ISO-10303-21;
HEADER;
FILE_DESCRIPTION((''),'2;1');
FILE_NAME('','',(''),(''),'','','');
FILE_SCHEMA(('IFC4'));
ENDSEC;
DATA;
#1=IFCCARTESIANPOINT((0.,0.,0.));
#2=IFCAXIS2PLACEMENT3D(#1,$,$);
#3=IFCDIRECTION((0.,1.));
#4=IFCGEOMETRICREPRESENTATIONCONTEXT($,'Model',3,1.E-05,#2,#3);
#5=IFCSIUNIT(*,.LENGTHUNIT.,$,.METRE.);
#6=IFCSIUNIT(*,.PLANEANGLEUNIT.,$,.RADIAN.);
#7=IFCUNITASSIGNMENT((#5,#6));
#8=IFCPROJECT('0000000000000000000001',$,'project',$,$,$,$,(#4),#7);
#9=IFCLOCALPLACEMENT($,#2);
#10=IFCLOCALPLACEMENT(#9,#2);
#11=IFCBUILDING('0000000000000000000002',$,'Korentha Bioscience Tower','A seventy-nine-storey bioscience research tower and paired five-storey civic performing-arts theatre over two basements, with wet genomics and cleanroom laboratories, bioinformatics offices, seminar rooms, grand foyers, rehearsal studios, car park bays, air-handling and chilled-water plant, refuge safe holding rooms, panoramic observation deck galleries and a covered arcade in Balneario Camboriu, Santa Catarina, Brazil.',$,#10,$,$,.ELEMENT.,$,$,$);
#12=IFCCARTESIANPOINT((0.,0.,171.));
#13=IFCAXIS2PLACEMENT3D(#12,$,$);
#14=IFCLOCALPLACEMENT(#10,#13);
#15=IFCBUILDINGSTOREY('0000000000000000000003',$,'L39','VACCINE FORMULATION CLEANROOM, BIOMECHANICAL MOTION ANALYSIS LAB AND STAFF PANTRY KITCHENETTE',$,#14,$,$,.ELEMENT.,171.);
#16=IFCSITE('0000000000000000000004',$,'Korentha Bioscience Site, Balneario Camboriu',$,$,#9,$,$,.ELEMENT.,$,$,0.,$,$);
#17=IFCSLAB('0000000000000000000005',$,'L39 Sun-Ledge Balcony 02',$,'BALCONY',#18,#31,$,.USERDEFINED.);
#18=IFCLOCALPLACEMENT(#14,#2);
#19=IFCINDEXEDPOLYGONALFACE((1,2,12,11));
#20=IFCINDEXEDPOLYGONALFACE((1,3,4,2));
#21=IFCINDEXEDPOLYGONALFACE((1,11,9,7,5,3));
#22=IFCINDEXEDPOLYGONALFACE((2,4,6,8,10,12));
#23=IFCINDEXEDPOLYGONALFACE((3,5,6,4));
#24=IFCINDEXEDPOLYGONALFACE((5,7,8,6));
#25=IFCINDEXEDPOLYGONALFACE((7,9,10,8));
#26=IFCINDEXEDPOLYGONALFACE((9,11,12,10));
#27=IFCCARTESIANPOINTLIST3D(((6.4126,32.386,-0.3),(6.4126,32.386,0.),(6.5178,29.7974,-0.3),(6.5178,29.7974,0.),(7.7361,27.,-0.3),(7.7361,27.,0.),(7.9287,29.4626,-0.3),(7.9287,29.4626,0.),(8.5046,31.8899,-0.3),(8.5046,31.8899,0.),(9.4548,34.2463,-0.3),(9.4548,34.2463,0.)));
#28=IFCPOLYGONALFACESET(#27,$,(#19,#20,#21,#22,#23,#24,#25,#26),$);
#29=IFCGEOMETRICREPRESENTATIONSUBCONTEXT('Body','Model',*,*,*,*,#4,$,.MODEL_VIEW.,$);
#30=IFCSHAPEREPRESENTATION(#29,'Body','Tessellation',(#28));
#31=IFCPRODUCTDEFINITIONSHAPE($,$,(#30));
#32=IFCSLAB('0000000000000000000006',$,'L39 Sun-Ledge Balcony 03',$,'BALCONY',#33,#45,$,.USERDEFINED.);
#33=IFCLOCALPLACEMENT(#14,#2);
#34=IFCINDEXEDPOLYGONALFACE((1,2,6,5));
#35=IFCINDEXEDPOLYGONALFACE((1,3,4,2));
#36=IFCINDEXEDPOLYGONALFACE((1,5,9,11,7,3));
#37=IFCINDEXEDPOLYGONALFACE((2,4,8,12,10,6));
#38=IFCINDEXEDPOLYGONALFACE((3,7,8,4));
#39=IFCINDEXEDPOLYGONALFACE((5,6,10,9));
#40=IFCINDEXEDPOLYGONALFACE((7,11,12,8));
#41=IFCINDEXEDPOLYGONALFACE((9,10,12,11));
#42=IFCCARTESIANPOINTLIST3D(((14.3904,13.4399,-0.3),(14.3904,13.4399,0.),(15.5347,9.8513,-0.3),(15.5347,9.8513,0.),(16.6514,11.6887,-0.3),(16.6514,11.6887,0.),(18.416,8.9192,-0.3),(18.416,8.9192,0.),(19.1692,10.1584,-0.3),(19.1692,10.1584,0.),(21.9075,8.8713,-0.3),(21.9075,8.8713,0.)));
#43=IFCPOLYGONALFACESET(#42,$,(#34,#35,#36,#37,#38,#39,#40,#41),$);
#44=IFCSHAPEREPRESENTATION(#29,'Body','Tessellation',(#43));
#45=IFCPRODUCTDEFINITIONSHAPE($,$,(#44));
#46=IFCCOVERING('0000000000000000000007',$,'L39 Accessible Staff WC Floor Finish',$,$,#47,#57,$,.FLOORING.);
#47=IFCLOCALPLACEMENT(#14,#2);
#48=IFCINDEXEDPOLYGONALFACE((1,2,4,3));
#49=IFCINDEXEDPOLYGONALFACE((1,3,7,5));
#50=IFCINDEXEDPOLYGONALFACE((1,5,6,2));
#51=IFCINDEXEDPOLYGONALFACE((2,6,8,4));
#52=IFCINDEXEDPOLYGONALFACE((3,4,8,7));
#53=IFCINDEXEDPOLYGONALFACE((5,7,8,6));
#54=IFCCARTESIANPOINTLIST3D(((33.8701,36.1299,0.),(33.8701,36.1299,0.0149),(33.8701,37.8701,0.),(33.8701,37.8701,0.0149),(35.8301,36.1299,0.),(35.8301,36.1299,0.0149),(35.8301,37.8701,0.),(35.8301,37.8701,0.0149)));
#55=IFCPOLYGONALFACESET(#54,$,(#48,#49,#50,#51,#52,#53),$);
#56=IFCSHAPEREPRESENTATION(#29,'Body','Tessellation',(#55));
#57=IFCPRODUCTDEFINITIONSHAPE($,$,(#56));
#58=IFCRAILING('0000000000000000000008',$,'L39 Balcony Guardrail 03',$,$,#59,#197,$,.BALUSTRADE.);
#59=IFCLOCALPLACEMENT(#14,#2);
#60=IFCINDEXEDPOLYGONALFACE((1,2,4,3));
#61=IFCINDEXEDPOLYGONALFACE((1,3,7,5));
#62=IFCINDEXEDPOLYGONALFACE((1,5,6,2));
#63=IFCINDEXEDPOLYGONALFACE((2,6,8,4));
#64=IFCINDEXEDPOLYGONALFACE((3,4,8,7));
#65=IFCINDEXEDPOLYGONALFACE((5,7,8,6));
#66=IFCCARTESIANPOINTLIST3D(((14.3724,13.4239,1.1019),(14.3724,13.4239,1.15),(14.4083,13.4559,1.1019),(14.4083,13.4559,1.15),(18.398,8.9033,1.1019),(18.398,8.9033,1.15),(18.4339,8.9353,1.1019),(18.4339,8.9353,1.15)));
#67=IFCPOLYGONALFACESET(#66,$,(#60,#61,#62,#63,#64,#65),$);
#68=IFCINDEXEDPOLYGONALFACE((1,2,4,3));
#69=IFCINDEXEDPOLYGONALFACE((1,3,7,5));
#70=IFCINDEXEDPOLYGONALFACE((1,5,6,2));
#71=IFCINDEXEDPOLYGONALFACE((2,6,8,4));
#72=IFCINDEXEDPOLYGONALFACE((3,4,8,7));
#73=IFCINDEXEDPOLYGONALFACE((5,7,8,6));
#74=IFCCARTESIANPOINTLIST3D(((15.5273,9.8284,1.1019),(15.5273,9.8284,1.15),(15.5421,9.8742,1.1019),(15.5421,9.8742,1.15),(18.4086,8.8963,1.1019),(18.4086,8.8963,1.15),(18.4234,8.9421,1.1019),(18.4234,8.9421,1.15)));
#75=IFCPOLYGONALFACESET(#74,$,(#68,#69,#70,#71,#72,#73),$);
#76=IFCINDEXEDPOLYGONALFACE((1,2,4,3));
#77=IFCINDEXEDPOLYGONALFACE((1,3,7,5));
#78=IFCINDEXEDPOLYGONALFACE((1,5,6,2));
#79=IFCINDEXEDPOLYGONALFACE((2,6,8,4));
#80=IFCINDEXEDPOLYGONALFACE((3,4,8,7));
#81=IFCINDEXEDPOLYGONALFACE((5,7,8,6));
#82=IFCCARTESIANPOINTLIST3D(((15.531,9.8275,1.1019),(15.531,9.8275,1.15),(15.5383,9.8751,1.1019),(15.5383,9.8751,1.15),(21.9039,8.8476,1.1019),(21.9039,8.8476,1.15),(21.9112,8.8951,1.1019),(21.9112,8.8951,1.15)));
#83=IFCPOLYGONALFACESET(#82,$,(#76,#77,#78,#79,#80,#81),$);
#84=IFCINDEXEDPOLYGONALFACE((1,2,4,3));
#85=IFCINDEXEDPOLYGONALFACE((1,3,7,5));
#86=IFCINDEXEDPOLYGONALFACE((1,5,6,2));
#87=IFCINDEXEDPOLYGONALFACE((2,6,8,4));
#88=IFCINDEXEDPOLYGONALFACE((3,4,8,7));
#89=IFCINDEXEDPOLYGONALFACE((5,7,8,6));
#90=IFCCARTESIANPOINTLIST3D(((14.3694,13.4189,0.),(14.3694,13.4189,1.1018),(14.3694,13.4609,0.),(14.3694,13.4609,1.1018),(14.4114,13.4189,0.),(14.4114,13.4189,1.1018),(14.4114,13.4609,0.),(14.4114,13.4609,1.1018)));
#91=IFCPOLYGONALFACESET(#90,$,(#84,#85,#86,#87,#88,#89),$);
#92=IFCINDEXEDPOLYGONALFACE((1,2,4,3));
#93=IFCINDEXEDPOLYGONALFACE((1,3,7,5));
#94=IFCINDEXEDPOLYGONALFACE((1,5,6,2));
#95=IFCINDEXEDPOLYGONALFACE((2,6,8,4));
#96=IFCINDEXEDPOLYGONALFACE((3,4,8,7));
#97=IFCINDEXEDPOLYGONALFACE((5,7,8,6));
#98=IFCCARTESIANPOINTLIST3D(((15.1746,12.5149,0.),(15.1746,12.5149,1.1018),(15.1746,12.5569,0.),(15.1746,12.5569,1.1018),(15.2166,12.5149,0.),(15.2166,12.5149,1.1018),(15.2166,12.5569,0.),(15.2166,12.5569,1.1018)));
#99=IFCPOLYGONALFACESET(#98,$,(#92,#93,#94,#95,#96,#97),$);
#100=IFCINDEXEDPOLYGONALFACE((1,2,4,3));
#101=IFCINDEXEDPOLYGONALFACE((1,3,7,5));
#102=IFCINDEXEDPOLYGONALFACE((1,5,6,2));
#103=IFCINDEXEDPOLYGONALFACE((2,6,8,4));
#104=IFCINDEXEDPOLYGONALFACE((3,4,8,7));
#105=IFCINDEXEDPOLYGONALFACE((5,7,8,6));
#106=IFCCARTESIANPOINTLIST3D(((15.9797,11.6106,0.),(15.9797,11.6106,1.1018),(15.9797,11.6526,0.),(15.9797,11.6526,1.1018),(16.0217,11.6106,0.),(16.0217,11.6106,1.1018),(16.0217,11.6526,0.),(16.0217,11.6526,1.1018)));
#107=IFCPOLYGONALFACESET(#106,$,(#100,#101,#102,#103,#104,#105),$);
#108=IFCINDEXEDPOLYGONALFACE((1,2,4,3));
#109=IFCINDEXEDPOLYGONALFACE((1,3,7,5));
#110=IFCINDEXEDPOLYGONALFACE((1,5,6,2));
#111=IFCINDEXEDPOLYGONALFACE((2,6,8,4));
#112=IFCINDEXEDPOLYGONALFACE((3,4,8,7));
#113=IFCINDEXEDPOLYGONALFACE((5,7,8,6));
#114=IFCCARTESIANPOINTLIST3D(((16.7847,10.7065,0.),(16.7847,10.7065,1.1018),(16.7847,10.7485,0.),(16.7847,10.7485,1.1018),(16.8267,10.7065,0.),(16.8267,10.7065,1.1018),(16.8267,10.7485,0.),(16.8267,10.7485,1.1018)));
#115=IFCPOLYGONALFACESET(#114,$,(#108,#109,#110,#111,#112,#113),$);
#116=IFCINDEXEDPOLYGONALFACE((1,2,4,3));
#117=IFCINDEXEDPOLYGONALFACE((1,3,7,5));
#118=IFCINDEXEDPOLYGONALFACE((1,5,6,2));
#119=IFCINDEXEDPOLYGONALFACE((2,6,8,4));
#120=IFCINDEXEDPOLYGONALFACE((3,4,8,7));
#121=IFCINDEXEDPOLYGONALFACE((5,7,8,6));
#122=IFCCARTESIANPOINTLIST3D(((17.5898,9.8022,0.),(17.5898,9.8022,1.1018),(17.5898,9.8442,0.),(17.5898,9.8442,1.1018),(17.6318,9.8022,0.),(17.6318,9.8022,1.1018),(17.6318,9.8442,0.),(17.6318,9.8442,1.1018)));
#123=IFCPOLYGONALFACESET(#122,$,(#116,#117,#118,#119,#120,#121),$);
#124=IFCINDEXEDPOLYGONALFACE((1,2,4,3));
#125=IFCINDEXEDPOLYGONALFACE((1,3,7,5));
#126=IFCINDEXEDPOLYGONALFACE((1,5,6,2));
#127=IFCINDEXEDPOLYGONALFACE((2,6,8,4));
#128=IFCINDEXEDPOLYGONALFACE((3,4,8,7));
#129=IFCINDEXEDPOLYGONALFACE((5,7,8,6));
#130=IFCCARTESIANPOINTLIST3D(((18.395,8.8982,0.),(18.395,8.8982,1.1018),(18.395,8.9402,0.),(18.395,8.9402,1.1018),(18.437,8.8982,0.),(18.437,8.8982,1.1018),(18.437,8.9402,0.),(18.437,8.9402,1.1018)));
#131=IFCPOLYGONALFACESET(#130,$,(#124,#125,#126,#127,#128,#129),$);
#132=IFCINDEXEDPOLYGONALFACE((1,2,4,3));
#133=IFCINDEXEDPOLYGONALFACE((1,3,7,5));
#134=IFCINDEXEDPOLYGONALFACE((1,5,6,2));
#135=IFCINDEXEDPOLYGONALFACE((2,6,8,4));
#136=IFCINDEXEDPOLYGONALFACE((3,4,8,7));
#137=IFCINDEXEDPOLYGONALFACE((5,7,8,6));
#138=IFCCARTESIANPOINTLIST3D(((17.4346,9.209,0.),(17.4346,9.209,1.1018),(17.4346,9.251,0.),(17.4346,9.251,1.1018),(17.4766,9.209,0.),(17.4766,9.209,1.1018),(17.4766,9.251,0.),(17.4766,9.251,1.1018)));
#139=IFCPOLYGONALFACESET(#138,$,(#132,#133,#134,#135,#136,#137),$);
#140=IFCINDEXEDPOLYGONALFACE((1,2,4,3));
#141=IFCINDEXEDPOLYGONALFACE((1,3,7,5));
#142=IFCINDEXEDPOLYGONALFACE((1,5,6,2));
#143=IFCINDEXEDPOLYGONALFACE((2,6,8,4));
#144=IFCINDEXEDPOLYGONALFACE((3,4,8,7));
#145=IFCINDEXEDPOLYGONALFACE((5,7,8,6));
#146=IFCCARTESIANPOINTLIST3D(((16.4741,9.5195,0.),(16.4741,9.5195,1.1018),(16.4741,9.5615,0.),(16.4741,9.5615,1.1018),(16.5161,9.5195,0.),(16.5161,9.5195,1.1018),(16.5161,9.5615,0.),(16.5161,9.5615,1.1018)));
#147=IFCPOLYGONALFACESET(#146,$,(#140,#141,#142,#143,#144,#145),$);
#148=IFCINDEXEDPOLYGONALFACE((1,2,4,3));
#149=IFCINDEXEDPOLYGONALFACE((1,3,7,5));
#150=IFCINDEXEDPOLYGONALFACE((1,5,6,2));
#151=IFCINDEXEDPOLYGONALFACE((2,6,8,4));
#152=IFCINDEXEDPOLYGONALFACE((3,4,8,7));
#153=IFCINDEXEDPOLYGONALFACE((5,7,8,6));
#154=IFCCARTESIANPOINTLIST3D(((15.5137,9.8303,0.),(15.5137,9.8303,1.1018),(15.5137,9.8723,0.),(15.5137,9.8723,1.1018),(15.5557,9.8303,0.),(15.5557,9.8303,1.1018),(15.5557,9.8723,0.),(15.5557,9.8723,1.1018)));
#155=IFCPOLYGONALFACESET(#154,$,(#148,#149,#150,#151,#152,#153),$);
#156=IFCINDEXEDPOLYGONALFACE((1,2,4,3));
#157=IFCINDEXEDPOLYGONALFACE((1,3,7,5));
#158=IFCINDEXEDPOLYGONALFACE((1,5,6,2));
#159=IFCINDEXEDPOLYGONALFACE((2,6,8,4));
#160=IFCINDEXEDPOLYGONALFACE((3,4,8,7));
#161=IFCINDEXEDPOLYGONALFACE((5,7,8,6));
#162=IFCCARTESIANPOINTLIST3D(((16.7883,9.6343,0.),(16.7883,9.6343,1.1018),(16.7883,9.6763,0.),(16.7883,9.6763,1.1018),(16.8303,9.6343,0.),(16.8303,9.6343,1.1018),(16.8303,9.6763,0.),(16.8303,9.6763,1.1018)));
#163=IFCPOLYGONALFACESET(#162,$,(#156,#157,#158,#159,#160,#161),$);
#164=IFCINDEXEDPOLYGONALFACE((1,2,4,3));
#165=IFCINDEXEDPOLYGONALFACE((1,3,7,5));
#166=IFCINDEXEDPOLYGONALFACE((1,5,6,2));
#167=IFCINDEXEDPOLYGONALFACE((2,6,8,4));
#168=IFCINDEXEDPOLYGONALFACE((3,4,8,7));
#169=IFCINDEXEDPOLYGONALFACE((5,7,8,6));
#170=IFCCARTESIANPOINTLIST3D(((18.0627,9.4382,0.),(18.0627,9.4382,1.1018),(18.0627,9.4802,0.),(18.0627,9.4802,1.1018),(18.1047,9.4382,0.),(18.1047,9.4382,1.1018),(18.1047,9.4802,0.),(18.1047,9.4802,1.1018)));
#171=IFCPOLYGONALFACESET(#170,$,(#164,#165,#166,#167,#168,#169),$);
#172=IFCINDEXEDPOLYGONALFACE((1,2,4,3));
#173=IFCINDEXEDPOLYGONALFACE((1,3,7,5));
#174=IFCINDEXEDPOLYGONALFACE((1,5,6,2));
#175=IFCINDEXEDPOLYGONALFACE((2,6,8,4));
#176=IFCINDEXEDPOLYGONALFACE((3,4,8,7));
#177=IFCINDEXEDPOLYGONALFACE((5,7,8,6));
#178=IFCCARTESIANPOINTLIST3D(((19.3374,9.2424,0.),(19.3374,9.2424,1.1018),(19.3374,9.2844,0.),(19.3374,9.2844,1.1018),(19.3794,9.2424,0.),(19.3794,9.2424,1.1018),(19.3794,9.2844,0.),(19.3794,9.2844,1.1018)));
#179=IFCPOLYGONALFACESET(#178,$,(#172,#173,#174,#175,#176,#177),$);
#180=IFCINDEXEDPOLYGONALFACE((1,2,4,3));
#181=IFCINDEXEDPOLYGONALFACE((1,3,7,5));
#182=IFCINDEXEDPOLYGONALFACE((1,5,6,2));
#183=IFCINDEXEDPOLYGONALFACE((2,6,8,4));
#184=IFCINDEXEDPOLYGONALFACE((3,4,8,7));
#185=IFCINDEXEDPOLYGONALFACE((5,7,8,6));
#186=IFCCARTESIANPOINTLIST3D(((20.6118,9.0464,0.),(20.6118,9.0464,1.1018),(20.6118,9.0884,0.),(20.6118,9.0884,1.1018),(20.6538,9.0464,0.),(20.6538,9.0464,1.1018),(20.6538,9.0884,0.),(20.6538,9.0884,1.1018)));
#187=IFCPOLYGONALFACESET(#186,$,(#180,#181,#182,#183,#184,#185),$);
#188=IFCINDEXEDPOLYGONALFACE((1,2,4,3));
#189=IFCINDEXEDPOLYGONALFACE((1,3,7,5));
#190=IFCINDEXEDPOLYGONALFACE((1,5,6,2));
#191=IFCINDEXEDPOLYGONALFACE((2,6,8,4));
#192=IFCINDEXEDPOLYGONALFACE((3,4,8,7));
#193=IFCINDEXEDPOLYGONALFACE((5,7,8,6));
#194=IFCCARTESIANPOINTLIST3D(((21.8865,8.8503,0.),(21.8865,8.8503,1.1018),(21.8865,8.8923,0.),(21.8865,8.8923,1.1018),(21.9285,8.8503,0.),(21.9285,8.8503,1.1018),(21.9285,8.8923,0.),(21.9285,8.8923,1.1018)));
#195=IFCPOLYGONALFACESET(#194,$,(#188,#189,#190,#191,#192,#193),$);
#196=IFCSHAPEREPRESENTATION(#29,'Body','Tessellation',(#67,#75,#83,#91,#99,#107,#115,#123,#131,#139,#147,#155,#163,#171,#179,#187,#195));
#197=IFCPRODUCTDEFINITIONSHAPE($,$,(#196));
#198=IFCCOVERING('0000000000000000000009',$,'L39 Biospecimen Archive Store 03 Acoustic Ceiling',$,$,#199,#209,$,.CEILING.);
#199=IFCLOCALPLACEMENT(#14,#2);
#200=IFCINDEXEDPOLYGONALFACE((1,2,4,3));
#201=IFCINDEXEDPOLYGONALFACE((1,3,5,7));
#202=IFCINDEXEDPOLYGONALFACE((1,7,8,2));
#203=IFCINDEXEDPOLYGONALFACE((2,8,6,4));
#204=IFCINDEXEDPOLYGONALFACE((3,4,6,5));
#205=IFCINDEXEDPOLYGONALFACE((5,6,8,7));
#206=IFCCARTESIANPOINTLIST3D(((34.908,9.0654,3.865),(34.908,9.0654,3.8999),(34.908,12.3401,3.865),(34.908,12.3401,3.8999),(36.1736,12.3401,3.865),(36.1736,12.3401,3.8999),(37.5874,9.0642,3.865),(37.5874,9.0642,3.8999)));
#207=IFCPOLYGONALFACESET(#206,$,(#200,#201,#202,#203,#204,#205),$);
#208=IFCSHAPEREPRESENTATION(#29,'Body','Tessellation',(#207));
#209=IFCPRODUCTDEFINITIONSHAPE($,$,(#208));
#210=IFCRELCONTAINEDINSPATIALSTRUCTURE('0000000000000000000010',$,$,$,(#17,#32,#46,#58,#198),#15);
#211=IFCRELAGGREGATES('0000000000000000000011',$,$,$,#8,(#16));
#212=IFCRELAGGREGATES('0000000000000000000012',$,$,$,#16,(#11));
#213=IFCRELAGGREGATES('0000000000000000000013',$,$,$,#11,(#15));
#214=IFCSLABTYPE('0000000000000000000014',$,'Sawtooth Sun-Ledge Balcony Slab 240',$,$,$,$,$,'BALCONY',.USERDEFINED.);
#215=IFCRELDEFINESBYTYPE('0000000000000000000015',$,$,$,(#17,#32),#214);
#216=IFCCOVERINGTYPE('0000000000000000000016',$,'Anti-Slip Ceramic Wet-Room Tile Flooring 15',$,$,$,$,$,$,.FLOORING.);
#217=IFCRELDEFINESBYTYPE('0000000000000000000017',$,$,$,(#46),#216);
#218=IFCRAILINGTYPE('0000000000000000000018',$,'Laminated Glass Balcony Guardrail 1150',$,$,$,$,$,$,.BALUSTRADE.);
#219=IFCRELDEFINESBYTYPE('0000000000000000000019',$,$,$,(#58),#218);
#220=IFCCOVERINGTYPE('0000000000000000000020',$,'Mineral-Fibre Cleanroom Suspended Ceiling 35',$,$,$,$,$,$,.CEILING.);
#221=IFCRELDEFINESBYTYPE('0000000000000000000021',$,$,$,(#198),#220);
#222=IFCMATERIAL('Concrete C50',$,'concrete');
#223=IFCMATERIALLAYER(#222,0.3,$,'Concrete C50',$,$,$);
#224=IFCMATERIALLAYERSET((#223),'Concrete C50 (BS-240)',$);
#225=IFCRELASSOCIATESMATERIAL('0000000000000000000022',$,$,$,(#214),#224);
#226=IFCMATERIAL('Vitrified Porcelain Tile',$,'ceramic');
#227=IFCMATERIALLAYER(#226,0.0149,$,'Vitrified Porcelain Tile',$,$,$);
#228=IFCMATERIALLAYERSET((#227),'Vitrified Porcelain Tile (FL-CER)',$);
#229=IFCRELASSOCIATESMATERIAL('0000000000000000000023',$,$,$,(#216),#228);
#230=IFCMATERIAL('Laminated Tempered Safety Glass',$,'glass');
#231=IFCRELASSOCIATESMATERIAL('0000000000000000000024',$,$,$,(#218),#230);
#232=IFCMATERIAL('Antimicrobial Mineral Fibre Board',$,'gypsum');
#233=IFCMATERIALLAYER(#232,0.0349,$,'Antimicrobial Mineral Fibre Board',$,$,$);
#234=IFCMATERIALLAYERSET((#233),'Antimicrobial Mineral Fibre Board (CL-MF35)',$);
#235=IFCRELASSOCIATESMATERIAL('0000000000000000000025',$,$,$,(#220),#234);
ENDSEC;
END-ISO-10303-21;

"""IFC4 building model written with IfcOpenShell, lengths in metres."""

from ifc_helpers import new_model, si_unit, direction, frame, origin, origin_2d, place, context, subcontext, project, spatial, polyline, rectangle, outline, extrude, material, layer, layer_set, type_object, element, save


model = new_model("IFC4")

# Units and contexts
model_context = context("Model", 3, precision=1e-05, world=origin(), true_north=direction((0.0, 1.0)))
body_context = subcontext(model_context, "Body", "Model", "MODEL_VIEW")
ifc_project = project(units=[si_unit("LENGTHUNIT", "METRE"), si_unit("PLANEANGLEUNIT", "RADIAN")], contexts=[model_context])

# Site, building, storey
site_placement = place(None, origin())
site = spatial("IfcSite", under=ifc_project, at=site_placement, Name="Korentha Bioscience Site, Balneario Camboriu", CompositionType="ELEMENT", RefElevation=0.0)
building_placement = place(site_placement, origin())
building = spatial("IfcBuilding", under=site, at=building_placement, Name="Korentha Bioscience Tower", Description="A seventy-nine-storey bioscience research tower and paired five-storey civic performing-arts theatre over two basements, with wet genomics and cleanroom laboratories, bioinformatics offices, seminar rooms, grand foyers, rehearsal studios, car park bays, air-handling and chilled-water plant, refuge safe holding rooms, panoramic observation deck galleries and a covered arcade in Balneario Camboriu, Santa Catarina, Brazil.", CompositionType="ELEMENT")
storey_placement = place(building_placement, frame((0.0, 0.0, 171.0)))
storey = spatial("IfcBuildingStorey", under=building, at=storey_placement, Name="L39", Description="VACCINE FORMULATION CLEANROOM, BIOMECHANICAL MOTION ANALYSIS LAB AND STAFF PANTRY KITCHENETTE", CompositionType="ELEMENT", Elevation=171.0)

# Shared definitions
ifc_material_1 = material(Name="Concrete C50", Category="concrete")

# Slabs
ifc_layer_1 = layer(ifc_material_1, 0.3, Name="Concrete C50")
ifc_layer_set_1 = layer_set([ifc_layer_1], Name="Concrete C50 (BS-240)")
slab_type_1 = type_object("IfcSlabType", Name="Sawtooth Sun-Ledge Balcony Slab 240", ElementType="BALCONY", PredefinedType="USERDEFINED", material=ifc_layer_set_1)
slab_1_placement = place(storey_placement, frame((0.0, 0.0, -0.3)))
element("IfcSlab", 1, at=slab_1_placement, inside=storey, type_object=slab_type_1, Name="L39 Sun-Ledge Balcony 02", ObjectType="BALCONY", PredefinedType="USERDEFINED", context=body_context, shape_type="SweptSolid", body=[
    extrude(outline(polyline([(7.7361, 27.0), (7.9287, 29.4626), (8.5046, 31.8899), (9.4548, 34.2463), (6.4126, 32.386), (6.5178, 29.7974), (7.7361, 27.0)])), origin(), (0.0, 0.0, 1.0), 0.3),
])
slab_2_placement = place(storey_placement, frame((0.0, 0.0, -0.3)))
element("IfcSlab", 2, at=slab_2_placement, inside=storey, type_object=slab_type_1, Name="L39 Sun-Ledge Balcony 03", ObjectType="BALCONY", PredefinedType="USERDEFINED", context=body_context, shape_type="SweptSolid", body=[
    extrude(outline(polyline([(21.9075, 8.8713), (19.1692, 10.1584), (16.6514, 11.6887), (14.3904, 13.4399), (15.5347, 9.8513), (18.416, 8.9192), (21.9075, 8.8713)])), origin(), (0.0, 0.0, 1.0), 0.3),
])

# Covering
ifc_material_2 = material(Name="Vitrified Porcelain Tile", Category="ceramic")
ifc_layer_2 = layer(ifc_material_2, 0.0149, Name="Vitrified Porcelain Tile")
ifc_layer_set_2 = layer_set([ifc_layer_2], Name="Vitrified Porcelain Tile (FL-CER)")
covering_type_1 = type_object("IfcCoveringType", Name="Anti-Slip Ceramic Wet-Room Tile Flooring 15", PredefinedType="FLOORING", material=ifc_layer_set_2)
covering_1_placement = place(storey_placement, origin())
element("IfcCovering", 3, at=covering_1_placement, inside=storey, type_object=covering_type_1, Name="L39 Accessible Staff WC Floor Finish", PredefinedType="FLOORING", context=body_context, shape_type="SweptSolid", body=[
    extrude(outline(polyline([(33.8701, 36.1299), (33.8701, 37.8701), (35.8301, 37.8701), (35.8301, 36.1299), (33.8701, 36.1299)])), origin(), (0.0, 0.0, 1.0), 0.0149),
])

# Railing
ifc_material_3 = material(Name="Laminated Tempered Safety Glass", Category="glass")
railing_type = type_object("IfcRailingType", Name="Laminated Glass Balcony Guardrail 1150", PredefinedType="BALUSTRADE", material=ifc_material_3)
railing_placement = place(storey_placement, frame((14.3904, 13.4399, 0.0)))
element("IfcRailing", 4, at=railing_placement, inside=storey, type_object=railing_type, Name="L39 Balcony Guardrail 03", PredefinedType="BALUSTRADE", context=body_context, shape_type="SweptSolid", body=[
    extrude(rectangle(XDim=0.0481, YDim=0.0481, at=origin_2d()), frame((0.0, 0.0, 1.126), z_axis=(0.665027, -0.746819, 0.0), x_axis=(0.746819, 0.665027, 0.0)), (0.0, 0.0, 1.0), 6.0532),
    extrude(rectangle(XDim=0.0481, YDim=0.0481, at=origin_2d()), frame((4.0256, -4.5208, 1.126), z_axis=(-0.951451, 0.307799, 0.0), x_axis=(-0.307799, -0.951451, 0.0)), (0.0, 0.0, 1.0), 3.0283),
    extrude(rectangle(XDim=0.0481, YDim=0.0481, at=origin_2d()), frame((1.1443, -3.5886, 1.126), z_axis=(0.988382, -0.151989, 0.0), x_axis=(0.151989, 0.988382, 0.0)), (0.0, 0.0, 1.0), 6.4478),
    extrude(rectangle(XDim=0.042, YDim=0.042, at=origin_2d()), origin(), (0.0, 0.0, 1.0), 1.1018),
    extrude(rectangle(XDim=0.042, YDim=0.042, at=origin_2d()), frame((0.8052, -0.9041, 0.0)), (0.0, 0.0, 1.0), 1.1018),
    extrude(rectangle(XDim=0.042, YDim=0.042, at=origin_2d()), frame((1.6104, -1.8083, 0.0)), (0.0, 0.0, 1.0), 1.1018),
    extrude(rectangle(XDim=0.042, YDim=0.042, at=origin_2d()), frame((2.4153, -2.7124, 0.0)), (0.0, 0.0, 1.0), 1.1018),
    extrude(rectangle(XDim=0.042, YDim=0.042, at=origin_2d()), frame((3.2205, -3.6167, 0.0)), (0.0, 0.0, 1.0), 1.1018),
    extrude(rectangle(XDim=0.042, YDim=0.042, at=origin_2d()), frame((4.0256, -4.5208, 0.0)), (0.0, 0.0, 1.0), 1.1018),
    extrude(rectangle(XDim=0.042, YDim=0.042, at=origin_2d()), frame((3.0652, -4.21, 0.0)), (0.0, 0.0, 1.0), 1.1018),
    extrude(rectangle(XDim=0.042, YDim=0.042, at=origin_2d()), frame((2.1047, -3.8994, 0.0)), (0.0, 0.0, 1.0), 1.1018),
    extrude(rectangle(XDim=0.042, YDim=0.042, at=origin_2d()), frame((1.1443, -3.5886, 0.0)), (0.0, 0.0, 1.0), 1.1018),
    extrude(rectangle(XDim=0.042, YDim=0.042, at=origin_2d()), frame((2.4189, -3.7847, 0.0)), (0.0, 0.0, 1.0), 1.1018),
    extrude(rectangle(XDim=0.042, YDim=0.042, at=origin_2d()), frame((3.6934, -3.9807, 0.0)), (0.0, 0.0, 1.0), 1.1018),
    extrude(rectangle(XDim=0.042, YDim=0.042, at=origin_2d()), frame((4.968, -4.1765, 0.0)), (0.0, 0.0, 1.0), 1.1018),
    extrude(rectangle(XDim=0.042, YDim=0.042, at=origin_2d()), frame((6.2424, -4.3726, 0.0)), (0.0, 0.0, 1.0), 1.1018),
    extrude(rectangle(XDim=0.042, YDim=0.042, at=origin_2d()), frame((7.5171, -4.5686, 0.0)), (0.0, 0.0, 1.0), 1.1018),
])

# Covering
ifc_material_4 = material(Name="Antimicrobial Mineral Fibre Board", Category="gypsum")
ifc_layer_3 = layer(ifc_material_4, 0.0349, Name="Antimicrobial Mineral Fibre Board")
ifc_layer_set_3 = layer_set([ifc_layer_3], Name="Antimicrobial Mineral Fibre Board (CL-MF35)")
covering_type_2 = type_object("IfcCoveringType", Name="Mineral-Fibre Cleanroom Suspended Ceiling 35", PredefinedType="CEILING", material=ifc_layer_set_3)
covering_2_placement = place(storey_placement, frame((0.0, 0.0, 3.865)))
element("IfcCovering", 5, at=covering_2_placement, inside=storey, type_object=covering_type_2, Name="L39 Biospecimen Archive Store 03 Acoustic Ceiling", PredefinedType="CEILING", context=body_context, shape_type="SweptSolid", body=[
    extrude(outline(polyline([(37.5874, 9.0642), (34.908, 9.0654), (34.908, 12.3401), (36.1736, 12.3401), (37.5874, 9.0642)])), origin(), (0.0, 0.0, 1.0), 0.0349),
])

save(model, "model.ifc")
